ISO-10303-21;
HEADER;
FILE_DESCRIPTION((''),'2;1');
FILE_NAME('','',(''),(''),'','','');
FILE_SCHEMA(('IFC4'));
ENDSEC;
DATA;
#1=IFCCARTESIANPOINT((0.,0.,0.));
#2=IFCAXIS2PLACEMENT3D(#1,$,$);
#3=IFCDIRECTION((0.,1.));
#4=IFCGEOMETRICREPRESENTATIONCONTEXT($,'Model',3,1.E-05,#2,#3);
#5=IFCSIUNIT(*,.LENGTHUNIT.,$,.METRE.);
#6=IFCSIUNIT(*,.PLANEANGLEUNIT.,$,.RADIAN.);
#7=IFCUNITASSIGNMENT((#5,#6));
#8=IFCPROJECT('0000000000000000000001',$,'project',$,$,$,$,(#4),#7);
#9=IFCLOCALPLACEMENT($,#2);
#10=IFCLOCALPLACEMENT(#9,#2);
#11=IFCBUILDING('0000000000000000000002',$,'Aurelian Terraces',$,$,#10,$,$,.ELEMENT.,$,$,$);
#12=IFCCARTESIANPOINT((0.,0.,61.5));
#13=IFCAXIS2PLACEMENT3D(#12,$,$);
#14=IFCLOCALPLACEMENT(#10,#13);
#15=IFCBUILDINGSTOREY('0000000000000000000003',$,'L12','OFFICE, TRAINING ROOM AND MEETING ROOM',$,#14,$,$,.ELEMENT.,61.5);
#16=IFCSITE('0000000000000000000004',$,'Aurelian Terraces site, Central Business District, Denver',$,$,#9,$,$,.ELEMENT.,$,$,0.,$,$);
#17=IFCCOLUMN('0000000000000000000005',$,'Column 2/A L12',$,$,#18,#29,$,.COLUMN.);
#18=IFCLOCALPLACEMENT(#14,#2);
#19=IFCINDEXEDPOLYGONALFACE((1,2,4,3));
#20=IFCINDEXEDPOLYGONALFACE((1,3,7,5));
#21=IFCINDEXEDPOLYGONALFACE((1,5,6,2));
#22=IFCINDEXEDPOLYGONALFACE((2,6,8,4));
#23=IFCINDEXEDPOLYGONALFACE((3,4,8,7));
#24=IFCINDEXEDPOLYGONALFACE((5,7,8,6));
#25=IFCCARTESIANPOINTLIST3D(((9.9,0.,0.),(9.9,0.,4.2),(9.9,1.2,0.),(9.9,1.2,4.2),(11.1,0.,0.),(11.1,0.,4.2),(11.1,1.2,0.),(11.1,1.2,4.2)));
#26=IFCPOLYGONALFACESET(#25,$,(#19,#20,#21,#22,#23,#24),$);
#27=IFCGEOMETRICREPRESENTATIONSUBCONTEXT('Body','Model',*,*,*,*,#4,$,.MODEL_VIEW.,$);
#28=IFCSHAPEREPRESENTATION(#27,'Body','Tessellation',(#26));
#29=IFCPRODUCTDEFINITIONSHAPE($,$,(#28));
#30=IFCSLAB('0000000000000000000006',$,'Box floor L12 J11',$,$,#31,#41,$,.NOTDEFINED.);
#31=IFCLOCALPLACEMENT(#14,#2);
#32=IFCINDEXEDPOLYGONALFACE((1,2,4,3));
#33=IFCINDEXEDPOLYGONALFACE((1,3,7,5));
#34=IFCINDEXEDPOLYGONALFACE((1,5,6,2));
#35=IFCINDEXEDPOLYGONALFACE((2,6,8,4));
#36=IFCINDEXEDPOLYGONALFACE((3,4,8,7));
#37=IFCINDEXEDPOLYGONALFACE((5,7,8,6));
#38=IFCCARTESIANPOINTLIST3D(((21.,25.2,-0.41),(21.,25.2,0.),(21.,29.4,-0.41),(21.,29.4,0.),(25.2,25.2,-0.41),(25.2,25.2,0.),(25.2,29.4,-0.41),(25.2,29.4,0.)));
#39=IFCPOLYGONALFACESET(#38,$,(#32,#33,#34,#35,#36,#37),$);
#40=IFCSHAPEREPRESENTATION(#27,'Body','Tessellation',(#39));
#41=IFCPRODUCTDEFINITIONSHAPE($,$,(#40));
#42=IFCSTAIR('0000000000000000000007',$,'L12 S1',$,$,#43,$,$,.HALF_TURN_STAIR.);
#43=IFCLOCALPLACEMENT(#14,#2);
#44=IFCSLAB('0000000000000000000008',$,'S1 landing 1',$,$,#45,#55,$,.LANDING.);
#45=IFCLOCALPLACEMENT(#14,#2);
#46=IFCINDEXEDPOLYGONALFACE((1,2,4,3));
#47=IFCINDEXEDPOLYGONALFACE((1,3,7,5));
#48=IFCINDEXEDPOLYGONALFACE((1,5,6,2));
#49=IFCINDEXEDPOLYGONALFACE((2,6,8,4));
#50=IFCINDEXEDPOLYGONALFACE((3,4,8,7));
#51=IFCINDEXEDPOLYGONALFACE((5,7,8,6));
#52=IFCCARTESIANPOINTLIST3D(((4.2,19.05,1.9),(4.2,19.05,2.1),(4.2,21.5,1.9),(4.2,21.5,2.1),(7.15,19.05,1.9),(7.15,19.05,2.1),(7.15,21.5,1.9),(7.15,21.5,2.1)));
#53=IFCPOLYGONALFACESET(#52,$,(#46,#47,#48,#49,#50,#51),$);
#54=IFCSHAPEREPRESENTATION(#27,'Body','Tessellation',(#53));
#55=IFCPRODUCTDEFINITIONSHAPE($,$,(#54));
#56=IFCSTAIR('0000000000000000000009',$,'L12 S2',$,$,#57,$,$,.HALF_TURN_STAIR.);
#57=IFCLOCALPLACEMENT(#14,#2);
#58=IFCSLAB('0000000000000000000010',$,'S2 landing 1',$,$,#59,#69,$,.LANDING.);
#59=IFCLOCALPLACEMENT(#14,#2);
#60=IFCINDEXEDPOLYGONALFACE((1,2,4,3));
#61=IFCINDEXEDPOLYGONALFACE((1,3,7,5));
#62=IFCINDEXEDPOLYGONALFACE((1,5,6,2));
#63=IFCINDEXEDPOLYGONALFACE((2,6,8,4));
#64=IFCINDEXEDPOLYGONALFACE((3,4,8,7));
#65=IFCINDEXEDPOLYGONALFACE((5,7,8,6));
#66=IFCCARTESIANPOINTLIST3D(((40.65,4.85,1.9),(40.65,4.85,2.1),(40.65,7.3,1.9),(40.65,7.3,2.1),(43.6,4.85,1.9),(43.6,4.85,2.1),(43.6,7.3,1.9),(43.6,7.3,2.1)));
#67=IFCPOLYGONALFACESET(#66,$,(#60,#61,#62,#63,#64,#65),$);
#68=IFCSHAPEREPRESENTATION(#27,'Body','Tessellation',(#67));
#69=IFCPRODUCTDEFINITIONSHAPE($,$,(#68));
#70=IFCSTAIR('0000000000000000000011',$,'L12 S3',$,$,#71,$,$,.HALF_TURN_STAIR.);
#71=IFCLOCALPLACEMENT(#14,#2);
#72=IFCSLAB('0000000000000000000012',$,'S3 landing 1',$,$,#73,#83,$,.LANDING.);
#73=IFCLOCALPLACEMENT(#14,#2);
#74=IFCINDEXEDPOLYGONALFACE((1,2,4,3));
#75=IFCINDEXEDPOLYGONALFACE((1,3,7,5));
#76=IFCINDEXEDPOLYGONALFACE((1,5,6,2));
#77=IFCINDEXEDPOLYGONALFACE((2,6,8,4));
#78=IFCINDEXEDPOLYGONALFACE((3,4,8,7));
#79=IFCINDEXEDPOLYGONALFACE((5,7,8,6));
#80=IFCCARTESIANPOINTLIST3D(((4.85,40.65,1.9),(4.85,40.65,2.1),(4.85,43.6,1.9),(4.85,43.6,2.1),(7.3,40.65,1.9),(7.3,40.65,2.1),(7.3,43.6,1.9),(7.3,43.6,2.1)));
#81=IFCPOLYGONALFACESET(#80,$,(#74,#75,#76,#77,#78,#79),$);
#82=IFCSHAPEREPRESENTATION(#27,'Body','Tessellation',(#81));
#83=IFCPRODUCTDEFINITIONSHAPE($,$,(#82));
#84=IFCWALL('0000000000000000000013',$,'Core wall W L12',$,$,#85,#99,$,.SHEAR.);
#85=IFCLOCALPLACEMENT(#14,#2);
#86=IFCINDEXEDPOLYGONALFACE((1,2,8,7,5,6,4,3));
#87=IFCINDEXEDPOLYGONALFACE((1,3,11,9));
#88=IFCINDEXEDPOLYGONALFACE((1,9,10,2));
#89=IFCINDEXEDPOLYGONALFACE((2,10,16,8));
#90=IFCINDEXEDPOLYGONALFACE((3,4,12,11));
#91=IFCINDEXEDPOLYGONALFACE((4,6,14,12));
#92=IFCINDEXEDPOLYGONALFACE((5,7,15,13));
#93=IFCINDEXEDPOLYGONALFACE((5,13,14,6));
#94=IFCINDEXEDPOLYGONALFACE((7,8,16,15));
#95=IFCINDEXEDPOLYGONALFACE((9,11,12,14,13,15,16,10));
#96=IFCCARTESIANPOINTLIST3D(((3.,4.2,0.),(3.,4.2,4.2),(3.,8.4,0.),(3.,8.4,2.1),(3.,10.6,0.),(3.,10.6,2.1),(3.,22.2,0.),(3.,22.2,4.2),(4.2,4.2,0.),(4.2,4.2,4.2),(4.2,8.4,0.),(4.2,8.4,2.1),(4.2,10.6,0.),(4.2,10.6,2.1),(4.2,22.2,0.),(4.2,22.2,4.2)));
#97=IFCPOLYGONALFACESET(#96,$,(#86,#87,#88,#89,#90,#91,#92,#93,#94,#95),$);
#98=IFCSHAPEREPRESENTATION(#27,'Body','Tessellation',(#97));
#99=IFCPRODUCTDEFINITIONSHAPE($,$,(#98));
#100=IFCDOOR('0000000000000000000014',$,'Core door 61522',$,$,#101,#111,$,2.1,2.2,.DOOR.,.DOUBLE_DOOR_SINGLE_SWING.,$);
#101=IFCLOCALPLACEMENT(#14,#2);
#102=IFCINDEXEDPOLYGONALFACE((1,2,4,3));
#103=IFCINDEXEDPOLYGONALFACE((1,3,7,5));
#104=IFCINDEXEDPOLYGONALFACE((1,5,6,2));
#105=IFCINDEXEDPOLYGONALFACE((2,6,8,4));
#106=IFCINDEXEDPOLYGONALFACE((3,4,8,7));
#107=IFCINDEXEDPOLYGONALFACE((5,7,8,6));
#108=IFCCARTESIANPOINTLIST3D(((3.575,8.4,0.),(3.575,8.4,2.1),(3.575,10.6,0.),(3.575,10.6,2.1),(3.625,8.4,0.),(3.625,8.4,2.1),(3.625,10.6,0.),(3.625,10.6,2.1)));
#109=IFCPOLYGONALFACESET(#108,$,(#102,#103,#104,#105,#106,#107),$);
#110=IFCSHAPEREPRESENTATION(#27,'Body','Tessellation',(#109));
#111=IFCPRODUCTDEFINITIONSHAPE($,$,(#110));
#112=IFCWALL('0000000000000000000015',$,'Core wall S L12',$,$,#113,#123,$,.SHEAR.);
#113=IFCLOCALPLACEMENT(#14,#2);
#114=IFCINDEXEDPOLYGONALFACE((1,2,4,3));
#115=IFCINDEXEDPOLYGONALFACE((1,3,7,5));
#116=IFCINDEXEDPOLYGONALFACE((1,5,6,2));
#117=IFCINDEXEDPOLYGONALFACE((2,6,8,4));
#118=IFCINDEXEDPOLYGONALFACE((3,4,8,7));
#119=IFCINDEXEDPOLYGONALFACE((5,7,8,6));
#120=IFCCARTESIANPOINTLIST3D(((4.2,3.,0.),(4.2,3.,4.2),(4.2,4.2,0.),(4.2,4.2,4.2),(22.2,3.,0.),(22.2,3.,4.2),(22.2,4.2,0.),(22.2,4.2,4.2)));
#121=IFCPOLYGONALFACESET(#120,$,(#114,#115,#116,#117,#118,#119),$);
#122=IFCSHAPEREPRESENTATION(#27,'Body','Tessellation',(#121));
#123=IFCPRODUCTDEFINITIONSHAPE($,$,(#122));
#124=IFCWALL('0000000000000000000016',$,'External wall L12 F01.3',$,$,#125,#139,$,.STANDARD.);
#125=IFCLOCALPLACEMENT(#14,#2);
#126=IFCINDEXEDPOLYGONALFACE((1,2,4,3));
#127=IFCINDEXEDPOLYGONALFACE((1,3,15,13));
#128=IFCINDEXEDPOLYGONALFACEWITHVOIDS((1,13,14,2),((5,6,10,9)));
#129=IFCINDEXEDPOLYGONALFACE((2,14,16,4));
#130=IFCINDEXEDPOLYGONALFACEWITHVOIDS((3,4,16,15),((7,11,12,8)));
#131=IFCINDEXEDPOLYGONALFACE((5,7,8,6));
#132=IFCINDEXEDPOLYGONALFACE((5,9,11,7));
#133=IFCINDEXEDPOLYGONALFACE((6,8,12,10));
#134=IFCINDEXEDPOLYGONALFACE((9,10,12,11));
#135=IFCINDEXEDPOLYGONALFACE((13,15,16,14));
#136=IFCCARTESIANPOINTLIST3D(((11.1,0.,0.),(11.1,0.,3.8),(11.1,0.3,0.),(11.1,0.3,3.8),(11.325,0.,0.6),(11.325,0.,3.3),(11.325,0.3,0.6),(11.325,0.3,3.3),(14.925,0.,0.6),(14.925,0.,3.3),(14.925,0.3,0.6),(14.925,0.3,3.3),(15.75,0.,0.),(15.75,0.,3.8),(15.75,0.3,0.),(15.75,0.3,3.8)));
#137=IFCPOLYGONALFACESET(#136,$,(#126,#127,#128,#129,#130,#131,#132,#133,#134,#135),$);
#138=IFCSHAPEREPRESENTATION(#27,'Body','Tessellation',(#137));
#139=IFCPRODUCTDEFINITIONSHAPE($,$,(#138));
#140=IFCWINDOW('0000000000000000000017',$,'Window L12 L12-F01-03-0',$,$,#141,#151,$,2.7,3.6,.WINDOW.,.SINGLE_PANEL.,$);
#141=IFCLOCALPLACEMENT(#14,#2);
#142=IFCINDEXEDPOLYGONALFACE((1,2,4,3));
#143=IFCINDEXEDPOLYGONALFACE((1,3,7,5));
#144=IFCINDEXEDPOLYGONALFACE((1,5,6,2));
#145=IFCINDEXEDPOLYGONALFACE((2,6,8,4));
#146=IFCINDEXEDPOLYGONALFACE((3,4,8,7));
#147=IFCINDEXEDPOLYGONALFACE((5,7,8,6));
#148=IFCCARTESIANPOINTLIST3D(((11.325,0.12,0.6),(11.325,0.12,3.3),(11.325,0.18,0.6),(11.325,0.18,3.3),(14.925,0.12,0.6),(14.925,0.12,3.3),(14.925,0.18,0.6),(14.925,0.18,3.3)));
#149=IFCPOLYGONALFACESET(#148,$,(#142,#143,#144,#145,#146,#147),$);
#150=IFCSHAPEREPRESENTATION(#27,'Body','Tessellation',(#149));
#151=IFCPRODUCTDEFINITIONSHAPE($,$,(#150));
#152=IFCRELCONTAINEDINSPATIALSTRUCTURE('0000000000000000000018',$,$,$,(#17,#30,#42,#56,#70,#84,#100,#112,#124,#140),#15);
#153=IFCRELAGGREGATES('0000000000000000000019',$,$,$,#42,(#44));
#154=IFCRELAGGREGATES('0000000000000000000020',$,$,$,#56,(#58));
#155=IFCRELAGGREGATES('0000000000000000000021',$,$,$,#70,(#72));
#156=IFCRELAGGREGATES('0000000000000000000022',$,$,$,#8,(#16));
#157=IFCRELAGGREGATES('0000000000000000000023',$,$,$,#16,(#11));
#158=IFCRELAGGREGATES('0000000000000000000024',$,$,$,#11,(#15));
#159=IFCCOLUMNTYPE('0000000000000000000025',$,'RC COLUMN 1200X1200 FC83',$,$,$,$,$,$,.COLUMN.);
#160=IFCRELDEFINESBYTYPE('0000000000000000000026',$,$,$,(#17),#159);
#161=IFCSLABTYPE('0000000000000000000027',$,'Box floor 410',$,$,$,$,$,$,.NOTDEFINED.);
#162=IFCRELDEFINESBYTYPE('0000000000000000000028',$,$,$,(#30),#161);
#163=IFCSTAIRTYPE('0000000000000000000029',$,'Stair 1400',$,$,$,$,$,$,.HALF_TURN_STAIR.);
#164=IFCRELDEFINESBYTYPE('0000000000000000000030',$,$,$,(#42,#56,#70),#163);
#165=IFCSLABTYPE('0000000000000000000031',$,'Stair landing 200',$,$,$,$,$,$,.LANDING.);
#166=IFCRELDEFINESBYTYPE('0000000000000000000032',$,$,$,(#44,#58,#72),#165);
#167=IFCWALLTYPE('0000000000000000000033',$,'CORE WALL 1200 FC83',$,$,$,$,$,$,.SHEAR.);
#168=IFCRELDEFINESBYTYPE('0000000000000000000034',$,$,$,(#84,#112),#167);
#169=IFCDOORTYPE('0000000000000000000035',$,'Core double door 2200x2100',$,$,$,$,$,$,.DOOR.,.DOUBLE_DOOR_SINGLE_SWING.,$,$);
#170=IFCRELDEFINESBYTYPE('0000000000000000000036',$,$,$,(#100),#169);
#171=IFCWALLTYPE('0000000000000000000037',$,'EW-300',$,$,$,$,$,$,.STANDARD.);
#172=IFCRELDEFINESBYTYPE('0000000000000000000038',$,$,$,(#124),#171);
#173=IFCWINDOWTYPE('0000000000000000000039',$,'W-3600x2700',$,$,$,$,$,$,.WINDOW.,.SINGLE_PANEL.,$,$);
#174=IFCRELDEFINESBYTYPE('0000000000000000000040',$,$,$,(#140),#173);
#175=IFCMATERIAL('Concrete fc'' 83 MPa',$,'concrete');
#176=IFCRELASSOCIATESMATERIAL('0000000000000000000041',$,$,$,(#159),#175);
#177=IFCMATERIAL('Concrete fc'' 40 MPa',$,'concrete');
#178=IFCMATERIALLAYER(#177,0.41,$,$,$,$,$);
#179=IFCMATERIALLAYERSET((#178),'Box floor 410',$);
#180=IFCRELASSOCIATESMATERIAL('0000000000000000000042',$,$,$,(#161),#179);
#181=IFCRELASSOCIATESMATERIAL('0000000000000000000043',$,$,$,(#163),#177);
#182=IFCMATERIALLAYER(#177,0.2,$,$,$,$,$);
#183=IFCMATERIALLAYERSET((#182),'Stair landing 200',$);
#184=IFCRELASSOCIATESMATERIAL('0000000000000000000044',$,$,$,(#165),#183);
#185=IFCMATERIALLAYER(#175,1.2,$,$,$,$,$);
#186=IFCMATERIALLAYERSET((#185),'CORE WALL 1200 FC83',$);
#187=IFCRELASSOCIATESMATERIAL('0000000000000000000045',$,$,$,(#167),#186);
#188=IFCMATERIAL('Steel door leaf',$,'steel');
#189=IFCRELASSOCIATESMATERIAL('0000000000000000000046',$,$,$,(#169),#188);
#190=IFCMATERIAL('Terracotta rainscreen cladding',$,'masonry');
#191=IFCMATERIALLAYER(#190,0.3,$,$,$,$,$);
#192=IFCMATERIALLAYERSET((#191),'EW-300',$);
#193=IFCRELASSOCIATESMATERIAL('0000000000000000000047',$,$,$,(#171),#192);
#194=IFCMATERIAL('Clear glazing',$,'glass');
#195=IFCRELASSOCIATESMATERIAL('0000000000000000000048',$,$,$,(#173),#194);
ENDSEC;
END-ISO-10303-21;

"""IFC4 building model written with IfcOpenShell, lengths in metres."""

from ifc_helpers import new_model, si_unit, direction, frame, frame_2d, origin, origin_2d, place, context, subcontext, project, spatial, polyline, rectangle, outline, extrude, source, transform, mapped, material, layer, layer_set, material_profile, profile_set, type_object, element, fill, aggregate, save


model = new_model("IFC4")

# Units and contexts
model_context = context("Model", 3, precision=1e-05, world=origin(), true_north=direction((0.0, 1.0)))
body_context = subcontext(model_context, "Body", "Model", "MODEL_VIEW")
ifc_project = project(units=[si_unit("LENGTHUNIT", "METRE"), si_unit("PLANEANGLEUNIT", "RADIAN")], contexts=[model_context])

# Site, building, storey
site_placement = place(None, origin())
site = spatial("IfcSite", under=ifc_project, at=site_placement, Name="Aurelian Terraces site, Central Business District, Denver", CompositionType="ELEMENT", RefElevation=0.0)
building_placement = place(site_placement, origin())
building = spatial("IfcBuilding", under=site, at=building_placement, Name="Aurelian Terraces", CompositionType="ELEMENT")
storey_placement = place(building_placement, frame((0.0, 0.0, 61.5)))
storey = spatial("IfcBuildingStorey", under=building, at=storey_placement, Name="L12", Description="OFFICE, TRAINING ROOM AND MEETING ROOM", CompositionType="ELEMENT", Elevation=61.5)

# Column
ifc_material_1 = material(Name="Concrete fc' 83 MPa", Category="concrete")
ifc_material_profile = material_profile(ifc_material_1, rectangle(XDim=1.2, YDim=1.2, at=origin_2d()))
ifc_profile_set = profile_set([ifc_material_profile], Name="Concrete fc' 83 MPa")
column_type = type_object("IfcColumnType", Name="RC COLUMN 1200X1200 FC83", PredefinedType="COLUMN", material=ifc_profile_set)
shared_shape_1 = source(origin(), body_context, "Body", "SweptSolid", [
    extrude(rectangle(XDim=1.2, YDim=1.2, at=origin_2d()), origin(), (0.0, 0.0, 1.0), 4.2),
])
column_placement = place(storey_placement, frame((10.5, 0.6, 0.0), z_axis=(0.0, 0.0, 1.0), x_axis=(1.0, 0.0, 0.0)))
element("IfcColumn", 1, at=column_placement, inside=storey, type_object=column_type, Name="Column 2/A L12", PredefinedType="COLUMN", context=body_context, shape_type="MappedRepresentation", body=[
    mapped(shared_shape_1, transform((0.0, 0.0, 0.0), scale=1.0)),
])

# Slab
ifc_material_2 = material(Name="Concrete fc' 40 MPa", Category="concrete")
ifc_layer_1 = layer(ifc_material_2, 0.41)
ifc_layer_set_1 = layer_set([ifc_layer_1], Name="Box floor 410")
slab_type_1 = type_object("IfcSlabType", Name="Box floor 410", PredefinedType="NOTDEFINED", material=ifc_layer_set_1)
slab_1_placement = place(storey_placement, frame((0.0, 0.0, -0.41)))
element("IfcSlab", 2, at=slab_1_placement, inside=storey, type_object=slab_type_1, Name="Box floor L12 J11", PredefinedType="NOTDEFINED", context=body_context, shape_type="SweptSolid", body=[
    extrude(outline(polyline([(25.2, 25.2), (25.2, 29.4), (21.0, 29.4), (21.0, 25.2), (25.2, 25.2)])), origin(), (0.0, 0.0, 1.0), 0.41),
])

# Stairs, slabs
stair_type = type_object("IfcStairType", Name="Stair 1400", PredefinedType="HALF_TURN_STAIR", material=ifc_material_2)
stair_1_placement = place(storey_placement, origin())
stair_1 = element("IfcStair", 3, at=stair_1_placement, inside=storey, type_object=stair_type, Name="L12 S1", PredefinedType="HALF_TURN_STAIR")
ifc_layer_2 = layer(ifc_material_2, 0.2)
ifc_layer_set_2 = layer_set([ifc_layer_2], Name="Stair landing 200")
slab_type_2 = type_object("IfcSlabType", Name="Stair landing 200", PredefinedType="LANDING", material=ifc_layer_set_2)
shared_shape_2 = source(origin(), body_context, "Body", "SweptSolid", [
    extrude(outline(polyline([(7.15, 19.05), (7.15, 21.5), (4.2, 21.5), (4.2, 19.05), (7.15, 19.05)])), origin(), (0.0, 0.0, 1.0), 0.2),
])
slab_2_placement = place(storey_placement, frame((0.0, 0.0, 1.9)))
slab_2 = element("IfcSlab", 4, at=slab_2_placement, type_object=slab_type_2, Name="S1 landing 1", PredefinedType="LANDING", context=body_context, shape_type="MappedRepresentation", body=[
    mapped(shared_shape_2, transform((0.0, 0.0, 0.0), scale=1.0)),
])
aggregate(stair_1, [slab_2])
stair_2_placement = place(storey_placement, origin())
stair_2 = element("IfcStair", 5, at=stair_2_placement, inside=storey, type_object=stair_type, Name="L12 S2", PredefinedType="HALF_TURN_STAIR")
shared_shape_3 = source(origin(), body_context, "Body", "SweptSolid", [
    extrude(outline(polyline([(43.6, 4.85), (43.6, 7.3), (40.65, 7.3), (40.65, 4.85), (43.6, 4.85)])), origin(), (0.0, 0.0, 1.0), 0.2),
])
slab_3_placement = place(storey_placement, frame((0.0, 0.0, 1.9)))
slab_3 = element("IfcSlab", 6, at=slab_3_placement, type_object=slab_type_2, Name="S2 landing 1", PredefinedType="LANDING", context=body_context, shape_type="MappedRepresentation", body=[
    mapped(shared_shape_3, transform((0.0, 0.0, 0.0), scale=1.0)),
])
aggregate(stair_2, [slab_3])
stair_3_placement = place(storey_placement, origin())
stair_3 = element("IfcStair", 7, at=stair_3_placement, inside=storey, type_object=stair_type, Name="L12 S3", PredefinedType="HALF_TURN_STAIR")
shared_shape_4 = source(origin(), body_context, "Body", "SweptSolid", [
    extrude(outline(polyline([(4.85, 40.65), (7.3, 40.65), (7.3, 43.6), (4.85, 43.6), (4.85, 40.65)])), origin(), (0.0, 0.0, 1.0), 0.2),
])
slab_4_placement = place(storey_placement, frame((0.0, 0.0, 1.9)))
slab_4 = element("IfcSlab", 8, at=slab_4_placement, type_object=slab_type_2, Name="S3 landing 1", PredefinedType="LANDING", context=body_context, shape_type="MappedRepresentation", body=[
    mapped(shared_shape_4, transform((0.0, 0.0, 0.0), scale=1.0)),
])
aggregate(stair_3, [slab_4])

# Wall, opening, door
ifc_layer_3 = layer(ifc_material_1, 1.2)
ifc_layer_set_3 = layer_set([ifc_layer_3], Name="CORE WALL 1200 FC83")
wall_type_1 = type_object("IfcWallType", Name="CORE WALL 1200 FC83", PredefinedType="SHEAR", material=ifc_layer_set_3)
shared_shape_5 = source(origin(), body_context, "Body", "SweptSolid", [
    extrude(rectangle(XDim=18.0, YDim=1.2, at=frame_2d((9.0, 0.0))), origin(), (0.0, 0.0, 1.0), 4.2),
])
wall_1_placement = place(storey_placement, frame((3.6, 4.2, 0.0), z_axis=(0.0, 0.0, 1.0), x_axis=(0.0, 1.0, 0.0)))
wall_1 = element("IfcWall", 9, at=wall_1_placement, inside=storey, type_object=wall_type_1, Name="Core wall W L12", PredefinedType="SHEAR", context=body_context, shape_type="MappedRepresentation", body=[
    mapped(shared_shape_5, transform((0.0, 0.0, 0.0), scale=1.0)),
])
shared_shape_6 = source(origin(), body_context, "Body", "SweptSolid", [
    extrude(rectangle(XDim=2.2, YDim=2.1, at=frame_2d((1.1, 1.05))), frame((0.0, 0.61, 0.0), z_axis=(0.0, -1.0, 0.0), x_axis=(1.0, 0.0, 0.0)), (0.0, 0.0, 1.0), 1.22),
])
opening_1_placement = place(wall_1_placement, frame((4.2, 0.0, 0.0)))
opening_1 = element("IfcOpeningElement", 10, at=opening_1_placement, cuts=wall_1, PredefinedType="OPENING", context=body_context, shape_type="MappedRepresentation", body=[
    mapped(shared_shape_6, transform((0.0, 0.0, 0.0), scale=1.0)),
])
ifc_material_3 = material(Name="Steel door leaf", Category="steel")
door_type = type_object("IfcDoorType", Name="Core double door 2200x2100", OperationType="DOUBLE_DOOR_SINGLE_SWING", PredefinedType="DOOR", material=ifc_material_3)
shared_shape_7 = source(origin(), body_context, "Body", "SweptSolid", [
    extrude(rectangle(XDim=2.2, YDim=2.1, at=frame_2d((1.1, 1.05))), frame((0.0, 0.025, 0.0), z_axis=(0.0, -1.0, 0.0), x_axis=(1.0, 0.0, 0.0)), (0.0, 0.0, 1.0), 0.05),
])
door_placement = place(opening_1_placement, origin())
door = element("IfcDoor", 11, at=door_placement, inside=storey, type_object=door_type, Name="Core door 61522", OperationType="DOUBLE_DOOR_SINGLE_SWING", OverallHeight=2.1, OverallWidth=2.2, PredefinedType="DOOR", context=body_context, shape_type="MappedRepresentation", body=[
    mapped(shared_shape_7, transform((0.0, 0.0, 0.0), scale=1.0)),
])
fill(opening_1, door)

# Wall
wall_2_placement = place(storey_placement, frame((4.2, 3.6, 0.0), z_axis=(0.0, 0.0, 1.0), x_axis=(1.0, 0.0, 0.0)))
element("IfcWall", 12, at=wall_2_placement, inside=storey, type_object=wall_type_1, Name="Core wall S L12", PredefinedType="SHEAR", context=body_context, shape_type="MappedRepresentation", body=[
    mapped(shared_shape_5, transform((0.0, 0.0, 0.0), scale=1.0)),
])

# Wall, opening, window
ifc_material_4 = material(Name="Terracotta rainscreen cladding", Category="masonry")
ifc_layer_4 = layer(ifc_material_4, 0.3)
ifc_layer_set_4 = layer_set([ifc_layer_4], Name="EW-300")
wall_type_2 = type_object("IfcWallType", Name="EW-300", PredefinedType="STANDARD", material=ifc_layer_set_4)
shared_shape_8 = source(origin(), body_context, "Body", "SweptSolid", [
    extrude(rectangle(XDim=4.65, YDim=0.3, at=frame_2d((2.325, 0.0))), origin(), (0.0, 0.0, 1.0), 3.8),
])
wall_3_placement = place(storey_placement, frame((11.1, 0.15, 0.0), z_axis=(0.0, 0.0, 1.0), x_axis=(1.0, 0.0, 0.0)))
wall_3 = element("IfcWall", 13, at=wall_3_placement, inside=storey, type_object=wall_type_2, Name="External wall L12 F01.3", PredefinedType="STANDARD", context=body_context, shape_type="MappedRepresentation", body=[
    mapped(shared_shape_8, transform((0.0, 0.0, 0.0), scale=1.0)),
])
shared_shape_9 = source(origin(), body_context, "Body", "SweptSolid", [
    extrude(rectangle(XDim=3.6, YDim=2.7, at=frame_2d((1.8, 1.35))), frame((0.0, 0.16, 0.0), z_axis=(0.0, -1.0, 0.0), x_axis=(1.0, 0.0, 0.0)), (0.0, 0.0, 1.0), 0.32),
])
opening_2_placement = place(wall_3_placement, frame((0.225, 0.0, 0.6)))
opening_2 = element("IfcOpeningElement", 14, at=opening_2_placement, cuts=wall_3, PredefinedType="OPENING", context=body_context, shape_type="MappedRepresentation", body=[
    mapped(shared_shape_9, transform((0.0, 0.0, 0.0), scale=1.0)),
])
ifc_material_5 = material(Name="Clear glazing", Category="glass")
window_type_1 = type_object("IfcWindowType", Name="W-3600x2700", PartitioningType="SINGLE_PANEL", PredefinedType="WINDOW", material=ifc_material_5)
shared_shape_10 = source(origin(), body_context, "Body", "SweptSolid", [
    extrude(rectangle(XDim=3.6, YDim=2.7, at=frame_2d((1.8, 1.35))), frame((0.0, 0.03, 0.0), z_axis=(0.0, -1.0, 0.0), x_axis=(1.0, 0.0, 0.0)), (0.0, 0.0, 1.0), 0.06),
])
window_1_placement = place(opening_2_placement, origin())
window_1 = element("IfcWindow", 15, at=window_1_placement, inside=storey, type_object=window_type_1, Name="Window L12 L12-F01-03-0", OverallHeight=2.7, OverallWidth=3.6, PartitioningType="SINGLE_PANEL", PredefinedType="WINDOW", context=body_context, shape_type="MappedRepresentation", body=[
    mapped(shared_shape_10, transform((0.0, 0.0, 0.0), scale=1.0)),
])
fill(opening_2, window_1)

save(model, "model.ifc")
